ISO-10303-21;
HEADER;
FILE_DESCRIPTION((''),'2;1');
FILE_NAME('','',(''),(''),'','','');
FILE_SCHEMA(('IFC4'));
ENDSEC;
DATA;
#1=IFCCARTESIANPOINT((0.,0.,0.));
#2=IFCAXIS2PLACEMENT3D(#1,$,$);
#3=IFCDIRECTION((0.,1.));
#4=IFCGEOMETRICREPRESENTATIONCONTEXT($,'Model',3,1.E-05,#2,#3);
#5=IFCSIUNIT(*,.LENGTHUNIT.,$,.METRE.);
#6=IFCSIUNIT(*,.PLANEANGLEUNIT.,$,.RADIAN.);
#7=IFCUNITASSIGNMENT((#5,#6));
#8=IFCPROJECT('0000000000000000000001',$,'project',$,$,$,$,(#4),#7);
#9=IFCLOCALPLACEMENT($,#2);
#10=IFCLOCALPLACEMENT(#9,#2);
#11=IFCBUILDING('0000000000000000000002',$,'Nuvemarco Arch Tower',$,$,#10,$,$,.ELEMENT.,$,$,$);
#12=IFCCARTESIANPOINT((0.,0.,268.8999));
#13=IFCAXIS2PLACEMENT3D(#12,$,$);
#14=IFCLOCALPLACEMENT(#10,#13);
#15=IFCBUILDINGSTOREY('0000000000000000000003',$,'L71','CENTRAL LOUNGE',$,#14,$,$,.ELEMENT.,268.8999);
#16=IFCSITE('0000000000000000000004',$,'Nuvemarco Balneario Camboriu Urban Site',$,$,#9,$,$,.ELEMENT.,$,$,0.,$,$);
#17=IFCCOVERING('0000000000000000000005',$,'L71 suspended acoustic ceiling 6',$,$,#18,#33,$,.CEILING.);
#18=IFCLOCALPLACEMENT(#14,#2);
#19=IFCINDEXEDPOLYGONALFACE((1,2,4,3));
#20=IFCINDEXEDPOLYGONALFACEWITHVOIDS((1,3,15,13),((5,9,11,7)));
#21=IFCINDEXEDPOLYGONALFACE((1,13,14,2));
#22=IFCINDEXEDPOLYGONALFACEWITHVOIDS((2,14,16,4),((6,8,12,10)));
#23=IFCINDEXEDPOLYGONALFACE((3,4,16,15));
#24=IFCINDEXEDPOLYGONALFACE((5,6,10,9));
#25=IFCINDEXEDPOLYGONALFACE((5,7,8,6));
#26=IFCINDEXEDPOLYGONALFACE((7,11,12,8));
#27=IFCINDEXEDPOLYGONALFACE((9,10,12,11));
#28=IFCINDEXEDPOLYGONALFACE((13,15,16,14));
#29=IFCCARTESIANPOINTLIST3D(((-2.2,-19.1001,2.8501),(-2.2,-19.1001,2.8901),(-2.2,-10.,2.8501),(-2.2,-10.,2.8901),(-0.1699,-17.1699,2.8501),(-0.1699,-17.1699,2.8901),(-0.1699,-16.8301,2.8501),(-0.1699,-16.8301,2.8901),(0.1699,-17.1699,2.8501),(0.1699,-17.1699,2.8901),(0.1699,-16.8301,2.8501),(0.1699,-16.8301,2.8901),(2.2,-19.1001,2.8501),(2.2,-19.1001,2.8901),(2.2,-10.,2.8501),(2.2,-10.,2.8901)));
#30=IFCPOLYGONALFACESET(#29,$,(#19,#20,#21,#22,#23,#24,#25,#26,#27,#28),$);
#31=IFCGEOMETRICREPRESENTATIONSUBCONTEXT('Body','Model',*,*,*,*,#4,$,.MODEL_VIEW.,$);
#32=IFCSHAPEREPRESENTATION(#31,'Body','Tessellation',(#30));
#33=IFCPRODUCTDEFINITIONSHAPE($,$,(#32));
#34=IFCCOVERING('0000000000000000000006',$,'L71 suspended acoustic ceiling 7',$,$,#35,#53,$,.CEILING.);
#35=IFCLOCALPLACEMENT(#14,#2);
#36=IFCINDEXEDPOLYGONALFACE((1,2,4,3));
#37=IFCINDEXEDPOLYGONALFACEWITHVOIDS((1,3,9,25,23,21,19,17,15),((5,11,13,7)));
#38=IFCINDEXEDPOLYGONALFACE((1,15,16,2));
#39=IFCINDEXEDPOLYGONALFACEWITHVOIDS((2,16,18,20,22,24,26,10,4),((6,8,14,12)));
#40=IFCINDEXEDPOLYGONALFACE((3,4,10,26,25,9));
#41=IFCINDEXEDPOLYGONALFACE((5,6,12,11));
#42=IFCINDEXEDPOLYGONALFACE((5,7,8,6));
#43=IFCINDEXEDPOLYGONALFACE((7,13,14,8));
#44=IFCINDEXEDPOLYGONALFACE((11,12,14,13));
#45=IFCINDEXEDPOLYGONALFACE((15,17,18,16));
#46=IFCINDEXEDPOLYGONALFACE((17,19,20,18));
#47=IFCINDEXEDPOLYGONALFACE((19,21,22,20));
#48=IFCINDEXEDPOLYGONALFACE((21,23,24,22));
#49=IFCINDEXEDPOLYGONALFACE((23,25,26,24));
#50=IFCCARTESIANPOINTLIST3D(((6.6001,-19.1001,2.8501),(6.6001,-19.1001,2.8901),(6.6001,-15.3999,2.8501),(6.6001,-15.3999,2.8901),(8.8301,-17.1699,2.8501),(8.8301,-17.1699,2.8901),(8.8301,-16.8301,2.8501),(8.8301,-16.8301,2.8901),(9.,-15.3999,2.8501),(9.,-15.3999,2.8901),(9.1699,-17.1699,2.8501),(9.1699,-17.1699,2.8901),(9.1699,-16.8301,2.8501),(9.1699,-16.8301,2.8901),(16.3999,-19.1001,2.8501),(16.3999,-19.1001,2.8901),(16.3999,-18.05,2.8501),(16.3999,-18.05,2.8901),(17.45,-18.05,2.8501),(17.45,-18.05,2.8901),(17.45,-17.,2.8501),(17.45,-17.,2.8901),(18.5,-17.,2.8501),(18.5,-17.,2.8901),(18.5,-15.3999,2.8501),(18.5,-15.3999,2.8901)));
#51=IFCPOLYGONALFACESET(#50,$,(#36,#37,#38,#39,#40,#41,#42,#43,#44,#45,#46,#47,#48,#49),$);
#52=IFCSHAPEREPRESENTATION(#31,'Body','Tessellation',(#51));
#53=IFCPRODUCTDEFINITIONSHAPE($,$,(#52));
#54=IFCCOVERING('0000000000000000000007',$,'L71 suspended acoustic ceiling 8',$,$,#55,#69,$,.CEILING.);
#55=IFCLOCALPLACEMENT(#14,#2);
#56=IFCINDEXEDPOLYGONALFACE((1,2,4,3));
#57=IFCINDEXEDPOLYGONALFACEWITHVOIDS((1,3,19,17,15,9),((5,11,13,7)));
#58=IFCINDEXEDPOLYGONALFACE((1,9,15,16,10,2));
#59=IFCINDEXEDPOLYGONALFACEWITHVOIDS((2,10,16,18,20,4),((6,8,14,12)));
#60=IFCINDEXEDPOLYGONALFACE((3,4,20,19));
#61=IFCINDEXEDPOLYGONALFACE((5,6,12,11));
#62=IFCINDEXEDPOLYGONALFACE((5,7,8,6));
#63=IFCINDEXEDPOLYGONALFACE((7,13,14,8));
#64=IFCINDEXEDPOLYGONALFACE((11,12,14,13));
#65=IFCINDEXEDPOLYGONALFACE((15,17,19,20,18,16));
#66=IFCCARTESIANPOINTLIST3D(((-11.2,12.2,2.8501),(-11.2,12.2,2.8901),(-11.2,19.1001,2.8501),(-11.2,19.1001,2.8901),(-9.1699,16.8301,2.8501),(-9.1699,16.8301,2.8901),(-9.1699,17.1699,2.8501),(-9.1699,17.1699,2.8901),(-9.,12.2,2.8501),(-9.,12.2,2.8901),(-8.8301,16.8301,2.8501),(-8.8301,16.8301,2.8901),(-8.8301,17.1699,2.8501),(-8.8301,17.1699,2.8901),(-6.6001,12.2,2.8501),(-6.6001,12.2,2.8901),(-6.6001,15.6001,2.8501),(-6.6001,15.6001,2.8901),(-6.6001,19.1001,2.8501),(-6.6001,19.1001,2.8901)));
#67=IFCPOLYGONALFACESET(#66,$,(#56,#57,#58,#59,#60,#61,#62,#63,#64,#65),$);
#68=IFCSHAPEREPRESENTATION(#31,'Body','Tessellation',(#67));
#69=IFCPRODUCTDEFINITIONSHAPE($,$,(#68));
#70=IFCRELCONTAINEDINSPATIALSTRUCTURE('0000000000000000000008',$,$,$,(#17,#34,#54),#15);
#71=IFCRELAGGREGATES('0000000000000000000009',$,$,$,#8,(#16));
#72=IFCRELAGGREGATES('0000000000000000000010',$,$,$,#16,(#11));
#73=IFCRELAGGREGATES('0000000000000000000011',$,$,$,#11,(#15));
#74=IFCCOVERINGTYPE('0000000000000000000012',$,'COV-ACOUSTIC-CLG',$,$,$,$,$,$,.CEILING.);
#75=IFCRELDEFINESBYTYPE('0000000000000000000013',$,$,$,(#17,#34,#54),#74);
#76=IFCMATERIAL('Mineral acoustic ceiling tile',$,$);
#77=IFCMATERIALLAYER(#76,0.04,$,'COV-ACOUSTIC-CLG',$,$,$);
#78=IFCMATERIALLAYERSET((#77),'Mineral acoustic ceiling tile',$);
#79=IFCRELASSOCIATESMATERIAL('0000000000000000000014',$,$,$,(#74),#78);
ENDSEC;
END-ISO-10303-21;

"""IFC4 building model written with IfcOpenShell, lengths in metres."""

from ifc_helpers import new_model, si_unit, direction, frame, origin, place, context, subcontext, project, spatial, polyline, outline, extrude, material, layer, layer_set, type_object, element, save


model = new_model("IFC4")

# Units and contexts
model_context = context("Model", 3, precision=1e-05, world=origin(), true_north=direction((0.0, 1.0)))
body_context = subcontext(model_context, "Body", "Model", "MODEL_VIEW")
ifc_project = project(units=[si_unit("LENGTHUNIT", "METRE"), si_unit("PLANEANGLEUNIT", "RADIAN")], contexts=[model_context])

# Site, building, storey
site_placement = place(None, origin())
site = spatial("IfcSite", under=ifc_project, at=site_placement, Name="Nuvemarco Balneario Camboriu Urban Site", CompositionType="ELEMENT", RefElevation=0.0)
building_placement = place(site_placement, origin())
building = spatial("IfcBuilding", under=site, at=building_placement, Name="Nuvemarco Arch Tower", CompositionType="ELEMENT")
storey_placement = place(building_placement, frame((0.0, 0.0, 268.8999)))
storey = spatial("IfcBuildingStorey", under=building, at=storey_placement, Name="L71", Description="CENTRAL LOUNGE", CompositionType="ELEMENT", Elevation=268.8999)

# Coverings
ifc_material_1 = material(Name="Mineral acoustic ceiling tile")
ifc_layer_1 = layer(ifc_material_1, 0.04, Name="COV-ACOUSTIC-CLG")
ifc_layer_set_1 = layer_set([ifc_layer_1], Name="Mineral acoustic ceiling tile")
covering_type = type_object("IfcCoveringType", Name="COV-ACOUSTIC-CLG", PredefinedType="CEILING", material=ifc_layer_set_1)
covering_1_placement = place(storey_placement, frame((0.0, 0.0, 2.8501)))
element("IfcCovering", 1, at=covering_1_placement, inside=storey, type_object=covering_type, Name="L71 suspended acoustic ceiling 6", PredefinedType="CEILING", context=body_context, shape_type="SweptSolid", body=[
    extrude(outline(polyline([(2.2, -19.1001), (-2.2, -19.1001), (-2.2, -10.0), (2.2, -10.0), (2.2, -19.1001)]), holes=[polyline([(0.1699, -17.1699), (0.1699, -16.8301), (-0.1699, -16.8301), (-0.1699, -17.1699), (0.1699, -17.1699)])]), origin(), (0.0, 0.0, 1.0), 0.04),
])
covering_2_placement = place(storey_placement, frame((0.0, 0.0, 2.8501)))
element("IfcCovering", 2, at=covering_2_placement, inside=storey, type_object=covering_type, Name="L71 suspended acoustic ceiling 7", PredefinedType="CEILING", context=body_context, shape_type="SweptSolid", body=[
    extrude(outline(polyline([(16.3999, -19.1001), (6.6001, -19.1001), (6.6001, -15.3999), (9.0, -15.3999), (18.5, -15.3999), (18.5, -17.0), (17.45, -17.0), (17.45, -18.05), (16.3999, -18.05), (16.3999, -19.1001)]), holes=[polyline([(9.1699, -17.1699), (9.1699, -16.8301), (8.8301, -16.8301), (8.8301, -17.1699), (9.1699, -17.1699)])]), origin(), (0.0, 0.0, 1.0), 0.04),
])
covering_3_placement = place(storey_placement, frame((0.0, 0.0, 2.8501)))
element("IfcCovering", 3, at=covering_3_placement, inside=storey, type_object=covering_type, Name="L71 suspended acoustic ceiling 8", PredefinedType="CEILING", context=body_context, shape_type="SweptSolid", body=[
    extrude(outline(polyline([(-6.6001, 15.6001), (-6.6001, 12.2), (-9.0, 12.2), (-11.2, 12.2), (-11.2, 19.1001), (-6.6001, 19.1001), (-6.6001, 15.6001)]), holes=[polyline([(-8.8301, 17.1699), (-9.1699, 17.1699), (-9.1699, 16.8301), (-8.8301, 16.8301), (-8.8301, 17.1699)])]), origin(), (0.0, 0.0, 1.0), 0.04),
])

save(model, "model.ifc")
